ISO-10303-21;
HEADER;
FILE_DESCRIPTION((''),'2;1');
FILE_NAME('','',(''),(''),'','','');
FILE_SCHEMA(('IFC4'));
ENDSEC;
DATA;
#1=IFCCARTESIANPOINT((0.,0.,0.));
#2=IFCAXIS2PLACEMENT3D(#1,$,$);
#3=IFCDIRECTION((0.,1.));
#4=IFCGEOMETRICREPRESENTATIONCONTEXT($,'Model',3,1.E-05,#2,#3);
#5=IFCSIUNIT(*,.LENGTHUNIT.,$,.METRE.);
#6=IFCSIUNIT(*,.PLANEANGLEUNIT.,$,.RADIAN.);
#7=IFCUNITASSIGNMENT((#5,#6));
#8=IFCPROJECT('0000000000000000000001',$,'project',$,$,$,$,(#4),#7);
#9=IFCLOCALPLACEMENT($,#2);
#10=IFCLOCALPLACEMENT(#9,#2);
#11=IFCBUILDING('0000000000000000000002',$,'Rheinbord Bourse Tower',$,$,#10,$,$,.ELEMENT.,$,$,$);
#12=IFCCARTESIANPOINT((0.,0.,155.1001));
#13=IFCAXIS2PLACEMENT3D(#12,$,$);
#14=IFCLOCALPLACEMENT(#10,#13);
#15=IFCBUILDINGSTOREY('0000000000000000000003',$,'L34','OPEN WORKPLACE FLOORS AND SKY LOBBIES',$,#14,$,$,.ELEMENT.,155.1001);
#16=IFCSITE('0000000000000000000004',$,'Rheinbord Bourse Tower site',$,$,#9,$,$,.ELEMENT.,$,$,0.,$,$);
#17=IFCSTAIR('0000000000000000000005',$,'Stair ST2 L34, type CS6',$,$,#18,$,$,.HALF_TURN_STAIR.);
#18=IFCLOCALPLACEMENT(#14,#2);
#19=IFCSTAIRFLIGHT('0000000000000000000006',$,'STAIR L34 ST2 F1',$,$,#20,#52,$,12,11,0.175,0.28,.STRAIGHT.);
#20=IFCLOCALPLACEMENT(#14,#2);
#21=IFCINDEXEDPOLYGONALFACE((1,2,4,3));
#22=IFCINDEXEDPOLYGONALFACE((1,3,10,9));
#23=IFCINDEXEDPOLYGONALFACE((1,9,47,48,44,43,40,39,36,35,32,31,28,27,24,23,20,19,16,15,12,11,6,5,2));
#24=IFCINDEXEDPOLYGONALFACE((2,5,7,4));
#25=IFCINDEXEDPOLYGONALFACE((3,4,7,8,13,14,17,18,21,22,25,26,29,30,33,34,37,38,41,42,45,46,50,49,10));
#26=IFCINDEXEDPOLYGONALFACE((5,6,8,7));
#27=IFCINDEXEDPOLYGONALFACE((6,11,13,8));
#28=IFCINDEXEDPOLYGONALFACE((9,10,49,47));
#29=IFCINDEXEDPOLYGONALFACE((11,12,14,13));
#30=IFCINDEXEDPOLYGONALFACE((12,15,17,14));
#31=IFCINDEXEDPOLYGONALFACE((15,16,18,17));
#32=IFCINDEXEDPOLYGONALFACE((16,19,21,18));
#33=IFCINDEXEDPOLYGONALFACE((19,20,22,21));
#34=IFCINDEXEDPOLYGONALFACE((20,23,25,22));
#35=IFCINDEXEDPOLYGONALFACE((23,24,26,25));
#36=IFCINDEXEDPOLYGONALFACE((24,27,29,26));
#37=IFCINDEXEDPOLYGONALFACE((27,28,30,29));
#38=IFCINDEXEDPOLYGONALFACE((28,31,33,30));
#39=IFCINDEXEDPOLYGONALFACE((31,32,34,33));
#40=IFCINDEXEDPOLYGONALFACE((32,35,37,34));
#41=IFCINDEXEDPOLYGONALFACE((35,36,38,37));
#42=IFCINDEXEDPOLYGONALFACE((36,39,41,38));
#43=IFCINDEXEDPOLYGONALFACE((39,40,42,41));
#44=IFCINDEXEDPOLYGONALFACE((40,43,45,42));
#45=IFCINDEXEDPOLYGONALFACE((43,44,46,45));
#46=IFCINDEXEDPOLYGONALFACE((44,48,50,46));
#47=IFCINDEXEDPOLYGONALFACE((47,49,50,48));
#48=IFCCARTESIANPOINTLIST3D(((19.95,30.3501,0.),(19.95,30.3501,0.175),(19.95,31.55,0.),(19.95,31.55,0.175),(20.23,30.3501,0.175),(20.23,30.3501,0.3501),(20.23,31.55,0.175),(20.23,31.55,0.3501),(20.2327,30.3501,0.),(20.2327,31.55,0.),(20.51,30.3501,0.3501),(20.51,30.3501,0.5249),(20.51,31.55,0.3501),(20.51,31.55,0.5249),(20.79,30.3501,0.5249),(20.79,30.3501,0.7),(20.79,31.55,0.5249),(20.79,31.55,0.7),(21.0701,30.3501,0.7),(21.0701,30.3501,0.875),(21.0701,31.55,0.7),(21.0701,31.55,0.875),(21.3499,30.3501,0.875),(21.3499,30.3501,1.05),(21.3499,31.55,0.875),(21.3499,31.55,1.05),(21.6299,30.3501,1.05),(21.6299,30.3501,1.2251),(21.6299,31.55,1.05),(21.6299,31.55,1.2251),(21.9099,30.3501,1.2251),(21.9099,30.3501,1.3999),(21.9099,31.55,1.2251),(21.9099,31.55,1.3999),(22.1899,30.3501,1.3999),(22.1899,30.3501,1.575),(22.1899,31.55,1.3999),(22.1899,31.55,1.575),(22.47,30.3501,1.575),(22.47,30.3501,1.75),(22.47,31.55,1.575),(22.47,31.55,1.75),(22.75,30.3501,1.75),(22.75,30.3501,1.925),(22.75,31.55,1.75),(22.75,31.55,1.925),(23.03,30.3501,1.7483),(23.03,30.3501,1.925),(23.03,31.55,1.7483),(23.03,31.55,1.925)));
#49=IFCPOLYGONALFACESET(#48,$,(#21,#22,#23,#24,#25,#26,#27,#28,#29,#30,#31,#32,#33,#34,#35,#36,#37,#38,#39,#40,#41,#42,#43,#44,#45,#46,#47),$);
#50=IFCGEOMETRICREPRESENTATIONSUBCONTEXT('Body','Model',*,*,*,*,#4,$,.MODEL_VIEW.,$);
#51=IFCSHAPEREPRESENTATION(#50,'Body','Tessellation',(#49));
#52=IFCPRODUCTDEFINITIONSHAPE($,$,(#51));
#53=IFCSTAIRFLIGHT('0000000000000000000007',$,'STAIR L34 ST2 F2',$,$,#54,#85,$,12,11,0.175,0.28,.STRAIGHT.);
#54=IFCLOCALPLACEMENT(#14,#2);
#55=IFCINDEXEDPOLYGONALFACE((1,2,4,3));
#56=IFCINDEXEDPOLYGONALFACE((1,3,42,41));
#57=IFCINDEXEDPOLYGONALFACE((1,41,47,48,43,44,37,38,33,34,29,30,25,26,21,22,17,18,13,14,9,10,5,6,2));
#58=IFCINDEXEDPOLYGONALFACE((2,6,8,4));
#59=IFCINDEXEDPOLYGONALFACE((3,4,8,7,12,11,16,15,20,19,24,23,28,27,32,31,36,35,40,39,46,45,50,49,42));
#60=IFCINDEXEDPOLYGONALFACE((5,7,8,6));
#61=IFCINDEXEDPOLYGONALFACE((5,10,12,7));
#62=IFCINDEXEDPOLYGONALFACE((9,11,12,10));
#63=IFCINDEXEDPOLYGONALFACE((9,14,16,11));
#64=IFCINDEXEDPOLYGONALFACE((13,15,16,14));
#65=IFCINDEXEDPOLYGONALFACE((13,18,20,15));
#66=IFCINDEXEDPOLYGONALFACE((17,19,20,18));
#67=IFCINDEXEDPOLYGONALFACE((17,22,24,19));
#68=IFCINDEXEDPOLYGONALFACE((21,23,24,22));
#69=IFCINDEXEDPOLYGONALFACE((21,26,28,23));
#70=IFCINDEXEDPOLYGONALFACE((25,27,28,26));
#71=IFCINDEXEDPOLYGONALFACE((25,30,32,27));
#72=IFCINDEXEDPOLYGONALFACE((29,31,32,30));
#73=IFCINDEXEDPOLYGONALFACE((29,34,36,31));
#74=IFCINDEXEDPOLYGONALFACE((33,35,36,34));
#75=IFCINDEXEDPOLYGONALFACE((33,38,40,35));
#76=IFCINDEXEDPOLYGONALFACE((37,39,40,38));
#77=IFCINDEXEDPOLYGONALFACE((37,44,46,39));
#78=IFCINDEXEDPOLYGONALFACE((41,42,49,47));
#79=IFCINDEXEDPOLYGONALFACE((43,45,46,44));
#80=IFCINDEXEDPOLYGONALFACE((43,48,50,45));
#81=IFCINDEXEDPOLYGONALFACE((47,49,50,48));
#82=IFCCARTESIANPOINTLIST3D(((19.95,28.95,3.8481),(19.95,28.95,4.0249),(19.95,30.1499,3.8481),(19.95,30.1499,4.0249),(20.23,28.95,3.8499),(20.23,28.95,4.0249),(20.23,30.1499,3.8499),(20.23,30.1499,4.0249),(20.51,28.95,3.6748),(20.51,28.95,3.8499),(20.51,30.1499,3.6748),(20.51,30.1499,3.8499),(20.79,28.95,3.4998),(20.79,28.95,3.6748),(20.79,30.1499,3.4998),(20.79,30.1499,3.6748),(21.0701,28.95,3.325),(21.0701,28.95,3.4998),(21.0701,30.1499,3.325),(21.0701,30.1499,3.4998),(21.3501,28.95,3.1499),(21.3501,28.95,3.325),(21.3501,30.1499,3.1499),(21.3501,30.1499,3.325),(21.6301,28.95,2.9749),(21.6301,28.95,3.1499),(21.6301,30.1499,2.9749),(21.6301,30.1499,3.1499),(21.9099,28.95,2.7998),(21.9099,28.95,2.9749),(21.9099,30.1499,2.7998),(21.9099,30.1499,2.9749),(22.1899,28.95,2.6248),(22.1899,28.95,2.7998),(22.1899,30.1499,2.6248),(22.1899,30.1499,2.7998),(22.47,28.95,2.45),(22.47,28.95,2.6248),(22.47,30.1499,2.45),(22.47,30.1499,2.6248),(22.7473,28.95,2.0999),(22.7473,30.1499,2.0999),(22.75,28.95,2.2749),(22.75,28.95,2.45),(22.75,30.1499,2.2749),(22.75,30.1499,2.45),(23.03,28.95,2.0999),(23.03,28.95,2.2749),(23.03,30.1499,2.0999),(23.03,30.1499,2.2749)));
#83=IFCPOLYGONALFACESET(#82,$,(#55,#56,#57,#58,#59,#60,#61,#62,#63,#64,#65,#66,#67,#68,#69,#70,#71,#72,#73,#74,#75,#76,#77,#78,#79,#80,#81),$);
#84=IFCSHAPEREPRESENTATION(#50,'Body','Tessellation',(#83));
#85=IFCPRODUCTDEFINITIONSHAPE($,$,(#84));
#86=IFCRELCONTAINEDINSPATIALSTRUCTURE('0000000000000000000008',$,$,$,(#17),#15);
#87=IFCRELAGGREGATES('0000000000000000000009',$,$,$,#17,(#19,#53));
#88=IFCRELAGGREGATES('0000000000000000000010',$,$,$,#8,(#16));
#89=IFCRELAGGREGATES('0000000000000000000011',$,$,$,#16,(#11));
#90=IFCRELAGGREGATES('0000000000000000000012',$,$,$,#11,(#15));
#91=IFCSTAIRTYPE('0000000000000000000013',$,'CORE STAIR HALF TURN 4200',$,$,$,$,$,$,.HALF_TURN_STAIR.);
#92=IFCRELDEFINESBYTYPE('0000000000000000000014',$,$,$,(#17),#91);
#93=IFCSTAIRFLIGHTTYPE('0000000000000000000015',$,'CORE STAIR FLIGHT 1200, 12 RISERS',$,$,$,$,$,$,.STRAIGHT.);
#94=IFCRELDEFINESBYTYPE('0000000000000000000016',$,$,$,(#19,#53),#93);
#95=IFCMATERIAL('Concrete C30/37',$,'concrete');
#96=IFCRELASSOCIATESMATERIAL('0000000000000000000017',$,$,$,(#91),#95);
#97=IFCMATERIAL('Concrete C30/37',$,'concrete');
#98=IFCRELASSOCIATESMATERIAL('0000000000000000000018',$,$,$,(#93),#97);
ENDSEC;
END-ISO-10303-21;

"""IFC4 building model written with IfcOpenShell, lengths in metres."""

from ifc_helpers import new_model, si_unit, direction, frame, origin, place, context, subcontext, project, spatial, polyline, outline, extrude, material, type_object, element, aggregate, save


model = new_model("IFC4")

# Units and contexts
model_context = context("Model", 3, precision=1e-05, world=origin(), true_north=direction((0.0, 1.0)))
body_context = subcontext(model_context, "Body", "Model", "MODEL_VIEW")
ifc_project = project(units=[si_unit("LENGTHUNIT", "METRE"), si_unit("PLANEANGLEUNIT", "RADIAN")], contexts=[model_context])

# Site, building, storey
site_placement = place(None, origin())
site = spatial("IfcSite", under=ifc_project, at=site_placement, Name="Rheinbord Bourse Tower site", CompositionType="ELEMENT", RefElevation=0.0)
building_placement = place(site_placement, origin())
building = spatial("IfcBuilding", under=site, at=building_placement, Name="Rheinbord Bourse Tower", CompositionType="ELEMENT")
storey_placement = place(building_placement, frame((0.0, 0.0, 155.1001)))
storey = spatial("IfcBuildingStorey", under=building, at=storey_placement, Name="L34", Description="OPEN WORKPLACE FLOORS AND SKY LOBBIES", CompositionType="ELEMENT", Elevation=155.1001)

# Stair, stair flights
ifc_material_1 = material(Name="Concrete C30/37", Category="concrete")
stair_type = type_object("IfcStairType", Name="CORE STAIR HALF TURN 4200", PredefinedType="HALF_TURN_STAIR", material=ifc_material_1)
stair_placement = place(storey_placement, origin())
stair = element("IfcStair", 1, at=stair_placement, inside=storey, type_object=stair_type, Name="Stair ST2 L34, type CS6", PredefinedType="HALF_TURN_STAIR")
ifc_material_2 = material(Name="Concrete C30/37", Category="concrete")
stair_flight_type = type_object("IfcStairFlightType", Name="CORE STAIR FLIGHT 1200, 12 RISERS", PredefinedType="STRAIGHT", material=ifc_material_2)
stair_flight_1_placement = place(storey_placement, frame((19.95, 30.95, 0.0), z_axis=(0.0, 0.0, 1.0), x_axis=(1.0, 0.0, 0.0)))
stair_flight_1 = element("IfcStairFlight", 2, at=stair_flight_1_placement, type_object=stair_flight_type, Name="STAIR L34 ST2 F1", NumberOfRisers=12, NumberOfTreads=11, PredefinedType="STRAIGHT", RiserHeight=0.175, TreadLength=0.28, context=body_context, shape_type="SweptSolid", body=[
    extrude(outline(polyline([(0.0, 0.0), (0.0, 0.175), (0.28, 0.175), (0.28, 0.3501), (0.5601, 0.3501), (0.5601, 0.5249), (0.8401, 0.5249), (0.8401, 0.7), (1.1201, 0.7), (1.1201, 0.875), (1.3999, 0.875), (1.3999, 1.05), (1.6799, 1.05), (1.6799, 1.2251), (1.96, 1.2251), (1.96, 1.3999), (2.24, 1.3999), (2.24, 1.575), (2.52, 1.575), (2.52, 1.75), (2.8, 1.75), (2.8, 1.925), (3.0801, 1.925), (3.0801, 2.1001), (3.0801, 1.7483), (0.2827, 0.0), (0.0, 0.0)])), frame((0.0, 0.6001, 0.0), z_axis=(0.0, -1.0, 0.0), x_axis=(1.0, 0.0, 0.0)), (0.0, 0.0, 1.0), 1.2),
])
stair_flight_2_placement = place(storey_placement, frame((23.03, 29.55, 2.0999), z_axis=(0.0, 0.0, 1.0), x_axis=(-1.0, 0.0, 0.0)))
stair_flight_2 = element("IfcStairFlight", 3, at=stair_flight_2_placement, type_object=stair_flight_type, Name="STAIR L34 ST2 F2", NumberOfRisers=12, NumberOfTreads=11, PredefinedType="STRAIGHT", RiserHeight=0.175, TreadLength=0.28, context=body_context, shape_type="SweptSolid", body=[
    extrude(outline(polyline([(0.0, 0.0), (0.0, 0.175), (0.28, 0.175), (0.28, 0.3501), (0.5601, 0.3501), (0.5601, 0.5249), (0.8401, 0.5249), (0.8401, 0.7), (1.1201, 0.7), (1.1201, 0.875), (1.3999, 0.875), (1.3999, 1.05), (1.6799, 1.05), (1.6799, 1.2251), (1.96, 1.2251), (1.96, 1.3999), (2.24, 1.3999), (2.24, 1.575), (2.52, 1.575), (2.52, 1.75), (2.8, 1.75), (2.8, 1.925), (3.0801, 1.925), (3.0801, 2.1001), (3.0801, 1.7483), (0.2827, 0.0), (0.0, 0.0)])), frame((0.0, 0.6001, 0.0), z_axis=(0.0, -1.0, 0.0), x_axis=(1.0, 0.0, 0.0)), (0.0, 0.0, 1.0), 1.2),
])
aggregate(stair, [stair_flight_1, stair_flight_2])

save(model, "model.ifc")
